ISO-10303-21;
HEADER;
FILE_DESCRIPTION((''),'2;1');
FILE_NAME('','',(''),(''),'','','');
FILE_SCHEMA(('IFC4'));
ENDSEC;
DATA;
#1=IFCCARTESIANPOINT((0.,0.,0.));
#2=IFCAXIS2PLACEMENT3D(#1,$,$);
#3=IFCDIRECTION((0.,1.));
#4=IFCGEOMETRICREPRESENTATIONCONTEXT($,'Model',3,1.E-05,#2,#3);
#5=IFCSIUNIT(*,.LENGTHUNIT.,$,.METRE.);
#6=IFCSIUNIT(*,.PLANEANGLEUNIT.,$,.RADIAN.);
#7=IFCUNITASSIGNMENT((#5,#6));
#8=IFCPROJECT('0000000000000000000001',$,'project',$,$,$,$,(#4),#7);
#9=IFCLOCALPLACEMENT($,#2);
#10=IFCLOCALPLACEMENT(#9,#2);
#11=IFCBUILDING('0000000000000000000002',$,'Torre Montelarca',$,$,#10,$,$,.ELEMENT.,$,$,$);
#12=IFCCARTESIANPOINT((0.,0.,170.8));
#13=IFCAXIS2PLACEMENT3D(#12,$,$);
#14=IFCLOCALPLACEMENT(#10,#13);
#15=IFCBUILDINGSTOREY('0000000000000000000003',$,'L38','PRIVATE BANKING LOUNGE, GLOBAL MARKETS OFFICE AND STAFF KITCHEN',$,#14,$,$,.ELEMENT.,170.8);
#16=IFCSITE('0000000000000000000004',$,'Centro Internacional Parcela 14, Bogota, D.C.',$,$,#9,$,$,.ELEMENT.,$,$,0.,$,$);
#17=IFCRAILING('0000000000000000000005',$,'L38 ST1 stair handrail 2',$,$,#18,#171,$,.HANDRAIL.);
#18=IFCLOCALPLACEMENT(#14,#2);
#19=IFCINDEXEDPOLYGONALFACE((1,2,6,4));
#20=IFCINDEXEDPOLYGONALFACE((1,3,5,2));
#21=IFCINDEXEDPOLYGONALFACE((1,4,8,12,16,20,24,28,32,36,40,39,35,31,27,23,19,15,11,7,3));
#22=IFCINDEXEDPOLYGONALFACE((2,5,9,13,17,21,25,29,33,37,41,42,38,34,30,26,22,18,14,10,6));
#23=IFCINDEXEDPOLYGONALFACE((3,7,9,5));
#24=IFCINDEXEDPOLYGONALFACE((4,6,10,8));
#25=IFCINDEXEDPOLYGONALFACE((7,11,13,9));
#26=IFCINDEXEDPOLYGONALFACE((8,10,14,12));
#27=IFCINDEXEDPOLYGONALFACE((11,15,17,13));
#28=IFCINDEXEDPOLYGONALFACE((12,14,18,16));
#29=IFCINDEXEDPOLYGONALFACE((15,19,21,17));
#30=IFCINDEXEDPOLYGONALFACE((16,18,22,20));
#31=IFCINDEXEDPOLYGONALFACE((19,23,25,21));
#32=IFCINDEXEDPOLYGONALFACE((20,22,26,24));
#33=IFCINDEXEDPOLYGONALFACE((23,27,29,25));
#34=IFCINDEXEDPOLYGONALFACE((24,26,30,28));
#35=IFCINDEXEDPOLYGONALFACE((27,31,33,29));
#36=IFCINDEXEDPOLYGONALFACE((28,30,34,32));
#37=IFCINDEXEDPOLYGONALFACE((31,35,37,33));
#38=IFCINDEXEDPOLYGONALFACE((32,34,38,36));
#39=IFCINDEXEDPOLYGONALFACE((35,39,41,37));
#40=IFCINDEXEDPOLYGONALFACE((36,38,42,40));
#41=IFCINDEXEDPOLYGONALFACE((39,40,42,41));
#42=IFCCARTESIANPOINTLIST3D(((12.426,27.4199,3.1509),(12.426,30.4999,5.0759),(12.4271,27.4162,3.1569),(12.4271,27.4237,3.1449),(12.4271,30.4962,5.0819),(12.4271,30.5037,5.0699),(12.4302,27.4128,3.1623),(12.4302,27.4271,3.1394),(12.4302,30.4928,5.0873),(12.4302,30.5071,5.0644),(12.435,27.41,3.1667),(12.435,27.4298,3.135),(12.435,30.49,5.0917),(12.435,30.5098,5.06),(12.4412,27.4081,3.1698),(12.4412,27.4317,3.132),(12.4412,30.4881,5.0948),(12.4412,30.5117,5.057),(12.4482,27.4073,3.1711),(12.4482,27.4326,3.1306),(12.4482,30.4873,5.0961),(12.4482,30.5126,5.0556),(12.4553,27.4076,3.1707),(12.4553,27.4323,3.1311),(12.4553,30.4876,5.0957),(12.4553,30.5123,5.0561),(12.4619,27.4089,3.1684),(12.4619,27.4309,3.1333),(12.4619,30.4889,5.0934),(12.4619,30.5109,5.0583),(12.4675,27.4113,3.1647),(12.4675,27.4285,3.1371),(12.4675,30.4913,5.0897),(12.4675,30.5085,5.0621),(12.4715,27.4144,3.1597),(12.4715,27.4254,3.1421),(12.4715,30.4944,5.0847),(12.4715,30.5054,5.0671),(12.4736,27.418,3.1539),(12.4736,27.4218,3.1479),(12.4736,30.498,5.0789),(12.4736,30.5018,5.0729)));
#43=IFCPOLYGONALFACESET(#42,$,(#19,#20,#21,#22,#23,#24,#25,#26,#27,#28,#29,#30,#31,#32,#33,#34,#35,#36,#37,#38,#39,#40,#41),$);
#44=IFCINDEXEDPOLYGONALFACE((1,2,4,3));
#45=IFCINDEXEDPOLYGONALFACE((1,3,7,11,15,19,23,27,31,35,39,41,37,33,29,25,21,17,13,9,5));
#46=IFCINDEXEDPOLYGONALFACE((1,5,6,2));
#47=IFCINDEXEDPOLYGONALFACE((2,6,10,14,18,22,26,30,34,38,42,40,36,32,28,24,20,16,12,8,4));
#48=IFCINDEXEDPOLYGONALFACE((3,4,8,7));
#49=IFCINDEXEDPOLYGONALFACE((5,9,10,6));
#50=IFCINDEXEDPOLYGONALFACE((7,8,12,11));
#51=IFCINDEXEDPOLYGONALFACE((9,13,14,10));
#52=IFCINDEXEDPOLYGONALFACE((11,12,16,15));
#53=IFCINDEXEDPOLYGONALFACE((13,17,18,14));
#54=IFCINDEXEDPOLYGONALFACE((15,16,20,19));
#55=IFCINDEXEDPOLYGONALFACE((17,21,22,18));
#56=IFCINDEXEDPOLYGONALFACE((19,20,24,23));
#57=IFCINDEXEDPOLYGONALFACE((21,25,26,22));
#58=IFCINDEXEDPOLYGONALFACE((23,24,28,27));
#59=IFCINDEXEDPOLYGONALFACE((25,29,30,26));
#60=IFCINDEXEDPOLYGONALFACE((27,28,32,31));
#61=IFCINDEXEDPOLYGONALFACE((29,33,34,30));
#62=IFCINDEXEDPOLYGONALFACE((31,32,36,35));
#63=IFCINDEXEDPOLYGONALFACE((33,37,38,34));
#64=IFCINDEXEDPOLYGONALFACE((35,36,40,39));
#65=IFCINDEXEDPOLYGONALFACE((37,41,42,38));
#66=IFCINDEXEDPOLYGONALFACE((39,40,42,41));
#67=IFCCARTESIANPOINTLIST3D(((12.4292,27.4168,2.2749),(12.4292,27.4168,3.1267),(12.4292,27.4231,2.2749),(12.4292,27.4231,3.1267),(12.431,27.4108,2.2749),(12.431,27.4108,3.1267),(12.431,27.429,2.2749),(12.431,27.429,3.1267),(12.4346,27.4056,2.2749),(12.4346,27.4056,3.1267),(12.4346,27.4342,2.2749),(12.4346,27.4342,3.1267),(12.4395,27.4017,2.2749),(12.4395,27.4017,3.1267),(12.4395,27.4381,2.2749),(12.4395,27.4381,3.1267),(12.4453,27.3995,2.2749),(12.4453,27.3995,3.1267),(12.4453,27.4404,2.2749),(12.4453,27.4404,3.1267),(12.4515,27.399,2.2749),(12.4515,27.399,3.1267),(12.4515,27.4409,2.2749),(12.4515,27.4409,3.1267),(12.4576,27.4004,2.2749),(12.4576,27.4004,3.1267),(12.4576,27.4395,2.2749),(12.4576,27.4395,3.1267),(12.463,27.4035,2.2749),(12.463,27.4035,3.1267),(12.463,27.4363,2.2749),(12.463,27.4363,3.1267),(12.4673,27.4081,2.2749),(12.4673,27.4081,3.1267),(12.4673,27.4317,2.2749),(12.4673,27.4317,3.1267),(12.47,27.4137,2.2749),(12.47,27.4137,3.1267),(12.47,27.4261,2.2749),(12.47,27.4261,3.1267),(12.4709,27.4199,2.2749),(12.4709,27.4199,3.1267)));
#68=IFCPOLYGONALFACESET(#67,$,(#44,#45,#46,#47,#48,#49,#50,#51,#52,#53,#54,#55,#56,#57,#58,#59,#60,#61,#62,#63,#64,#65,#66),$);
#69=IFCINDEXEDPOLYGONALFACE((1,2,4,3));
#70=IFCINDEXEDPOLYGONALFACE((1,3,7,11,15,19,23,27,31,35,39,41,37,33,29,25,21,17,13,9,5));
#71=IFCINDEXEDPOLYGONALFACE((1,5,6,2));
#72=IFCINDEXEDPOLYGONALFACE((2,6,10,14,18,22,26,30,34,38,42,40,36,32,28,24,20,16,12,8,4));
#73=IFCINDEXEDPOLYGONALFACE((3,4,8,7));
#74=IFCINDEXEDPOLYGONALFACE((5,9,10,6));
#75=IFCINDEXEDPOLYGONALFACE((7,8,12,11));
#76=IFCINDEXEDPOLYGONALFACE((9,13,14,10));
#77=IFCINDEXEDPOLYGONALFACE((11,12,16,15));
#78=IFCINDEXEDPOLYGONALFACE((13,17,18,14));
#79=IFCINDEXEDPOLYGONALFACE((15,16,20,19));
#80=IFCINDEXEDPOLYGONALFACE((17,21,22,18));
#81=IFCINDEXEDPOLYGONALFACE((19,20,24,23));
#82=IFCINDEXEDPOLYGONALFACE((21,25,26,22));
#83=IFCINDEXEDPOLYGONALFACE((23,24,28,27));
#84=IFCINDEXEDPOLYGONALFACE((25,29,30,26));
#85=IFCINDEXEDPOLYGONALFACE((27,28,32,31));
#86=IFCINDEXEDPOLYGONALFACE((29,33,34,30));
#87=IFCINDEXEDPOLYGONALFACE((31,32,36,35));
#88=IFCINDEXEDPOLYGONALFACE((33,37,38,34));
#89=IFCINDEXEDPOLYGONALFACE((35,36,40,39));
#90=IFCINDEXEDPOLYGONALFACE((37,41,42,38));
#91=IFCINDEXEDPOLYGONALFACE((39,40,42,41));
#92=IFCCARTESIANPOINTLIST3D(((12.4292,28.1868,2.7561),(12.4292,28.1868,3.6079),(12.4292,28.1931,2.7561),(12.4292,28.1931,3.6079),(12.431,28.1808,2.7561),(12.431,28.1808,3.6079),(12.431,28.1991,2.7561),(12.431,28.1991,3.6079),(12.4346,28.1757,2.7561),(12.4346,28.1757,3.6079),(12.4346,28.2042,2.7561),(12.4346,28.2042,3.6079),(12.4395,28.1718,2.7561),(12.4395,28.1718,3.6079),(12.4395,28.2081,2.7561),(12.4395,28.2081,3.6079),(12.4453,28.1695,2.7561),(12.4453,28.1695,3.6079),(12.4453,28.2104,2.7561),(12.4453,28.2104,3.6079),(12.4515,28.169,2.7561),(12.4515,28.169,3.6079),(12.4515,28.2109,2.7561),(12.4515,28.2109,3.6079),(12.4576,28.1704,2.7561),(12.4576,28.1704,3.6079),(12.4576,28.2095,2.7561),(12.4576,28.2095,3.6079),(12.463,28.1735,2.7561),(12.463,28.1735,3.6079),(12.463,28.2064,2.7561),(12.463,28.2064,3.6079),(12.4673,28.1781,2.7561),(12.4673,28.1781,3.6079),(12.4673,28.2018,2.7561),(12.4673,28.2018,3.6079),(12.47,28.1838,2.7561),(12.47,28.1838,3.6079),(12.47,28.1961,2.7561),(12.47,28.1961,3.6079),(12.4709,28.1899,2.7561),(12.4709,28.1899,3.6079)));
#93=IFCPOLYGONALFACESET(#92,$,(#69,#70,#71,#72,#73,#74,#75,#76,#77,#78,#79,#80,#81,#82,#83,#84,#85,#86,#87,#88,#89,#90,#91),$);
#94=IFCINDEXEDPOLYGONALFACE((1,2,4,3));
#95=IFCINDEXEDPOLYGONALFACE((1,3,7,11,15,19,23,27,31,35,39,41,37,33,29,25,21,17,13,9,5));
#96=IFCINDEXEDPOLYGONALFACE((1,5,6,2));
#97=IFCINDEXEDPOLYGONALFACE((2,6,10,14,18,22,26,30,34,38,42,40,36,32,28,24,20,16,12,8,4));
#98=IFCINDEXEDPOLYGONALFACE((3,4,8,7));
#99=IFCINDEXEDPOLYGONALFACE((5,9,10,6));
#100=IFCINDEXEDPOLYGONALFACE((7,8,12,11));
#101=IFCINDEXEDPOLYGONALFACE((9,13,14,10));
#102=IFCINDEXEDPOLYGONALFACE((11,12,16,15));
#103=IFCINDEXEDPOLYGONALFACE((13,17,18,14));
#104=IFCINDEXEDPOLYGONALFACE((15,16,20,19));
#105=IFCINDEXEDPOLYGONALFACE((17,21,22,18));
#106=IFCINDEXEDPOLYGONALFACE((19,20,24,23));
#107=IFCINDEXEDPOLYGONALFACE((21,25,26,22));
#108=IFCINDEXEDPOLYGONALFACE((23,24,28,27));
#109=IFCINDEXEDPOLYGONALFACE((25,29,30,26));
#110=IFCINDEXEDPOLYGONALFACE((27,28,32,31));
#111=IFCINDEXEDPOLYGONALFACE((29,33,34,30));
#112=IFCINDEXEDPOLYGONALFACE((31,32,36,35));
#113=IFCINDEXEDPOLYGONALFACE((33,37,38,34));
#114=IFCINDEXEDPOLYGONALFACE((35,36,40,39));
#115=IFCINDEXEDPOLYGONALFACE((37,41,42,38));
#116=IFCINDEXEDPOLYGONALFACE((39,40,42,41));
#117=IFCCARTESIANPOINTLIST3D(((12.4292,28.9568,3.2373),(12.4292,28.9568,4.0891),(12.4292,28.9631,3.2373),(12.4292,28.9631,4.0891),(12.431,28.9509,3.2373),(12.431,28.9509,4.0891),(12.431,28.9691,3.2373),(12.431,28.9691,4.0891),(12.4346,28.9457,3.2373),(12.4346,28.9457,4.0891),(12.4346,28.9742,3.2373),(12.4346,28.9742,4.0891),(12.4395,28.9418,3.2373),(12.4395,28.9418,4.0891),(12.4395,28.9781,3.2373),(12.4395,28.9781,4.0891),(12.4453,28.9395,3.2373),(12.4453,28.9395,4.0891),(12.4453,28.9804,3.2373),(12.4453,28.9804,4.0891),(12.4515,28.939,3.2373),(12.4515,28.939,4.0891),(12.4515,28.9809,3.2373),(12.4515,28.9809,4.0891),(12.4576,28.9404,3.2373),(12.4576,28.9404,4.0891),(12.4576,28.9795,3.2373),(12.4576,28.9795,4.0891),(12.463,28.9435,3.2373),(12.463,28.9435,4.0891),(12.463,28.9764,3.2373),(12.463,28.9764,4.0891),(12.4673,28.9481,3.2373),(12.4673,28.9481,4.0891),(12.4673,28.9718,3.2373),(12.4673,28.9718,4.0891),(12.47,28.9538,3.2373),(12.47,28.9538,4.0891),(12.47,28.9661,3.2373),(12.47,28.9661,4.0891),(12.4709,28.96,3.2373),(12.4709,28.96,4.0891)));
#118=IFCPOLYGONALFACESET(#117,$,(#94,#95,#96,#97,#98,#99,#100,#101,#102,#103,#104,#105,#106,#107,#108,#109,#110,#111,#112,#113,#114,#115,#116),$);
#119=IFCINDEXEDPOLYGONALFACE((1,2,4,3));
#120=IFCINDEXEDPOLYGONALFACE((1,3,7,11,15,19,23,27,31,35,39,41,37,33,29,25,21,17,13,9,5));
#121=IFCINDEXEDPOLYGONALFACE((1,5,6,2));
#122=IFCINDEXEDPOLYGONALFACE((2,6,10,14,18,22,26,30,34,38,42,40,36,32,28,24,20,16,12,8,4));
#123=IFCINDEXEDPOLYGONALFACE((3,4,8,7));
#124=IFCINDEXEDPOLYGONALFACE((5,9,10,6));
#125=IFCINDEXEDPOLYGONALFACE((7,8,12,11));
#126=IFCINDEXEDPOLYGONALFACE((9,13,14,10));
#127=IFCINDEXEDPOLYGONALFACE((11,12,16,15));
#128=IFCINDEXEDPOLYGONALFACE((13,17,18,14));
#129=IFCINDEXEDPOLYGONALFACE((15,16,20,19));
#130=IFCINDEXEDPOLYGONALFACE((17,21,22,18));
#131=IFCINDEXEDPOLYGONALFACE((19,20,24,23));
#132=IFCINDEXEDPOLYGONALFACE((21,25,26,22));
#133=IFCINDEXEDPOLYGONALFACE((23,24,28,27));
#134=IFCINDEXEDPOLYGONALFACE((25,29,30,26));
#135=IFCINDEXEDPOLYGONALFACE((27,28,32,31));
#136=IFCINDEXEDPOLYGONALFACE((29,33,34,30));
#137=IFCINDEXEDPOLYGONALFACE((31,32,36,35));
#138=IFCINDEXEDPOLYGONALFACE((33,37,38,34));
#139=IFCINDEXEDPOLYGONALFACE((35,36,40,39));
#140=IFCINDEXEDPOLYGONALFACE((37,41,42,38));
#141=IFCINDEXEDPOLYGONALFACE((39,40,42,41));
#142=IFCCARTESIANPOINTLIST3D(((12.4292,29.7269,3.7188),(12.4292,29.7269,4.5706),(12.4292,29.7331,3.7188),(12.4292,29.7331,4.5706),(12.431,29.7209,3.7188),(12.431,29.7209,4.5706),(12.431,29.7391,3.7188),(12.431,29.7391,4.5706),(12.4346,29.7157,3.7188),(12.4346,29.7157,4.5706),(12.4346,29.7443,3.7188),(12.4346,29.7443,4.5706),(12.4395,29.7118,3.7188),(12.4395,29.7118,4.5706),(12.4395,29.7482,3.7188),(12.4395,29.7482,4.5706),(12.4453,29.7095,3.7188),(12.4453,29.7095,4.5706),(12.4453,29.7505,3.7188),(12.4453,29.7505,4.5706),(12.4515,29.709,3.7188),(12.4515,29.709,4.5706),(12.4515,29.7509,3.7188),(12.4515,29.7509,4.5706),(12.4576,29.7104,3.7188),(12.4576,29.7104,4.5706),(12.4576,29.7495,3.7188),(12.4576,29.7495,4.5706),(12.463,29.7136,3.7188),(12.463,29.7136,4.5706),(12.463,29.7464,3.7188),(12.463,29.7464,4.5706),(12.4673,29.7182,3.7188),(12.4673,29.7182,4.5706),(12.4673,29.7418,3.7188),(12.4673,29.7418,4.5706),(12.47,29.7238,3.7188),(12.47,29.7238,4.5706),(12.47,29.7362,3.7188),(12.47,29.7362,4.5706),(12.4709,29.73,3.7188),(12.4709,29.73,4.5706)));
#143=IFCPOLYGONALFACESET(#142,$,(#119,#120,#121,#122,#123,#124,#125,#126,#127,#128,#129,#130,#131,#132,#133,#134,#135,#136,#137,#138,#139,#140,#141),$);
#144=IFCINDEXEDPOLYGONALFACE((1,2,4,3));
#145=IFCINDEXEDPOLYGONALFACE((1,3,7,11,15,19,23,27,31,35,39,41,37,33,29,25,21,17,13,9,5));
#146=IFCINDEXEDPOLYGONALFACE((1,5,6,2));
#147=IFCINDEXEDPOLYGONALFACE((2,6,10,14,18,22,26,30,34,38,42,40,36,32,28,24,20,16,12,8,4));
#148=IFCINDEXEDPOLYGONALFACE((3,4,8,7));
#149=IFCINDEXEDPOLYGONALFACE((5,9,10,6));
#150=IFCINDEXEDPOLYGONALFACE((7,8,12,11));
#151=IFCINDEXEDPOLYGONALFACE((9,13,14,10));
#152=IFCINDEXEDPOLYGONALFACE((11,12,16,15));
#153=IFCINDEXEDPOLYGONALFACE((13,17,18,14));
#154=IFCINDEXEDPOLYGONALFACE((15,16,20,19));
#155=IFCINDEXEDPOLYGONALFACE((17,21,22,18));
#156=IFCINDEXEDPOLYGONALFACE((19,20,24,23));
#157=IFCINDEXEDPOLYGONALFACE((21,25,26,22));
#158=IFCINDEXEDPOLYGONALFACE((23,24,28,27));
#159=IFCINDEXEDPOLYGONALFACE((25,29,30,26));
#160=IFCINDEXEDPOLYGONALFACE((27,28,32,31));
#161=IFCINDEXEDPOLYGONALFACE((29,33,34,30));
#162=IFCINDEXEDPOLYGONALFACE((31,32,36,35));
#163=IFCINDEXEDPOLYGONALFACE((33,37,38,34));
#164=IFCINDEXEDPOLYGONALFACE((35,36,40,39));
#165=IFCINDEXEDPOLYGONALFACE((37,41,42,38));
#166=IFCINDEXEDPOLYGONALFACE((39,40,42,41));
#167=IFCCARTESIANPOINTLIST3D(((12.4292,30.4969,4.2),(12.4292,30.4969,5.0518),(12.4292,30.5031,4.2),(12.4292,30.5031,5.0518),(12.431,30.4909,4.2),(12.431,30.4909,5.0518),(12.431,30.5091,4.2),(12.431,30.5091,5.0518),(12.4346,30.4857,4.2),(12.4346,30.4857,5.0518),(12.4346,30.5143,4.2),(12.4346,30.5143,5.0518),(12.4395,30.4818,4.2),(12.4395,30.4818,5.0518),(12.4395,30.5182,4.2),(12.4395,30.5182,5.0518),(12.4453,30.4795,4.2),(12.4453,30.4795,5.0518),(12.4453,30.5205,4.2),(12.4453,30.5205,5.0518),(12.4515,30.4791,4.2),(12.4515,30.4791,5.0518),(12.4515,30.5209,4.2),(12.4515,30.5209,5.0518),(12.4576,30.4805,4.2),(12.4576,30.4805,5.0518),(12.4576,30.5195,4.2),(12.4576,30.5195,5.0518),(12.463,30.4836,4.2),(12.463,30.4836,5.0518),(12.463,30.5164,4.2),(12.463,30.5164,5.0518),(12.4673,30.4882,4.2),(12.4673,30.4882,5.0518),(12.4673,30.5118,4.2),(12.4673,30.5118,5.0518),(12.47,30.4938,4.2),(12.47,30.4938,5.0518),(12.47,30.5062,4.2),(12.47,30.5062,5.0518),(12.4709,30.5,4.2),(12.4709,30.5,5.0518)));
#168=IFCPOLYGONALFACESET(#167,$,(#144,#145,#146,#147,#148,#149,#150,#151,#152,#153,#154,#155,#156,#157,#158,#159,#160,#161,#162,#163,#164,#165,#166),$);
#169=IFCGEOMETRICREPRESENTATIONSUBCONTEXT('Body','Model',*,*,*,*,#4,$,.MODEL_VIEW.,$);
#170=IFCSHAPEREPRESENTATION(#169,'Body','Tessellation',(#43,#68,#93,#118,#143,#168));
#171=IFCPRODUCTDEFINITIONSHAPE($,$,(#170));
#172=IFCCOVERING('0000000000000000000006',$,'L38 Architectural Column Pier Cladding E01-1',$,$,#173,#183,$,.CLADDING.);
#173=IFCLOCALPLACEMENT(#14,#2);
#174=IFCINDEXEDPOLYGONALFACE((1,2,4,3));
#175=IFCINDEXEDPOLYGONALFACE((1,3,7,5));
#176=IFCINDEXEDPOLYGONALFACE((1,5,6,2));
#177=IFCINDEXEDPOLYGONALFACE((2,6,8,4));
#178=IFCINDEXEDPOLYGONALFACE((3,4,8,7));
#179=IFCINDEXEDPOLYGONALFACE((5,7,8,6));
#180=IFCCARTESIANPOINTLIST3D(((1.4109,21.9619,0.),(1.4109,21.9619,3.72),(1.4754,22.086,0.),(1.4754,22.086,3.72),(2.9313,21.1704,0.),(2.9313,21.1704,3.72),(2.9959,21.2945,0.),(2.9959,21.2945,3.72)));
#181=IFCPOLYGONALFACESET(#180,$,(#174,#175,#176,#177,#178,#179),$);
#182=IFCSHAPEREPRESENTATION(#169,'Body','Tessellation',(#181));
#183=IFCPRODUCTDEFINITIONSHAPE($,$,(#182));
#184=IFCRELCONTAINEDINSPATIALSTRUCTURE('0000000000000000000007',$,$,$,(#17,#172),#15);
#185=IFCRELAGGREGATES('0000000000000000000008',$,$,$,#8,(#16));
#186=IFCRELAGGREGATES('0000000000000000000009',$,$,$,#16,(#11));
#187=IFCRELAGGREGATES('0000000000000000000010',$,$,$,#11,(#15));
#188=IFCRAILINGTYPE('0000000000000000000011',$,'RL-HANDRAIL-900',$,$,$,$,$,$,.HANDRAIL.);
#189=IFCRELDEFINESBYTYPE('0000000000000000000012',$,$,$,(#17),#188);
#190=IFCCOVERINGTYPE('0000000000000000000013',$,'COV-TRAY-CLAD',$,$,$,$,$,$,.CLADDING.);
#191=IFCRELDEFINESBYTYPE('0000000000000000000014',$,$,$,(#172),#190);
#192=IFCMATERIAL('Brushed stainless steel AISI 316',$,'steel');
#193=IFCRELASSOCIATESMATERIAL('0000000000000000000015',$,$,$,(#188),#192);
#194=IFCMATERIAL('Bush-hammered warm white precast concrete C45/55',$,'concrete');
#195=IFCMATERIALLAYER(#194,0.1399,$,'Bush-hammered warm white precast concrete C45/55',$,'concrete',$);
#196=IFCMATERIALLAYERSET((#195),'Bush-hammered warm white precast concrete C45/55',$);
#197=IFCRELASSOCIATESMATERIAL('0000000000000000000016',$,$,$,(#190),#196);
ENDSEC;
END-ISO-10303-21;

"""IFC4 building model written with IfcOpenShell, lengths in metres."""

from ifc_helpers import new_model, si_unit, direction, frame, origin, origin_2d, place, context, subcontext, project, spatial, rectangle, circle, extrude, source, transform, mapped, material, layer, layer_set, type_object, element, save


model = new_model("IFC4")

# Units and contexts
model_context = context("Model", 3, precision=1e-05, world=origin(), true_north=direction((0.0, 1.0)))
body_context = subcontext(model_context, "Body", "Model", "MODEL_VIEW")
ifc_project = project(units=[si_unit("LENGTHUNIT", "METRE"), si_unit("PLANEANGLEUNIT", "RADIAN")], contexts=[model_context])

# Site, building, storey
site_placement = place(None, origin())
site = spatial("IfcSite", under=ifc_project, at=site_placement, Name="Centro Internacional Parcela 14, Bogota, D.C.", CompositionType="ELEMENT", RefElevation=0.0)
building_placement = place(site_placement, origin())
building = spatial("IfcBuilding", under=site, at=building_placement, Name="Torre Montelarca", CompositionType="ELEMENT")
storey_placement = place(building_placement, frame((0.0, 0.0, 170.8)))
storey = spatial("IfcBuildingStorey", under=building, at=storey_placement, Name="L38", Description="PRIVATE BANKING LOUNGE, GLOBAL MARKETS OFFICE AND STAFF KITCHEN", CompositionType="ELEMENT", Elevation=170.8)

# Railing
ifc_material_1 = material(Name="Brushed stainless steel AISI 316", Category="steel")
railing_type_1 = type_object("IfcRailingType", Name="RL-HANDRAIL-900", PredefinedType="HANDRAIL", material=ifc_material_1)
railing_1_placement = place(storey_placement, frame((12.45, 27.4199, 2.2749)))
element("IfcRailing", 1, at=railing_1_placement, inside=storey, type_object=railing_type_1, Name="L38 ST1 stair handrail 2", PredefinedType="HANDRAIL", context=body_context, shape_type="SweptSolid", body=[
    extrude(circle(Radius=0.0239, at=origin_2d()), frame((0.0, 0.0, 0.876), z_axis=(0.0, 0.847998, 0.529999), x_axis=(-1.0, 0.0, 0.0)), (0.0, 0.0, 1.0), 3.6321),
    extrude(circle(Radius=0.021, at=origin_2d()), origin(), (0.0, 0.0, 1.0), 0.8518),
    extrude(circle(Radius=0.021, at=origin_2d()), frame((0.0, 0.77, 0.4812)), (0.0, 0.0, 1.0), 0.8518),
    extrude(circle(Radius=0.021, at=origin_2d()), frame((0.0, 1.54, 0.9624)), (0.0, 0.0, 1.0), 0.8518),
    extrude(circle(Radius=0.021, at=origin_2d()), frame((0.0, 2.3101, 1.4438)), (0.0, 0.0, 1.0), 0.8518),
    extrude(circle(Radius=0.021, at=origin_2d()), frame((0.0, 3.0801, 1.925)), (0.0, 0.0, 1.0), 0.8518),
])

# Covering
ifc_material_2 = material(Name="Bush-hammered warm white precast concrete C45/55", Category="concrete")
ifc_layer_1 = layer(ifc_material_2, 0.1399, Name="Bush-hammered warm white precast concrete C45/55", Category="concrete")
ifc_layer_set_1 = layer_set([ifc_layer_1], Name="Bush-hammered warm white precast concrete C45/55")
covering_type = type_object("IfcCoveringType", Name="COV-TRAY-CLAD", PredefinedType="CLADDING", material=ifc_layer_set_1)
shared_shape_1 = source(origin(), body_context, "Body", "SweptSolid", [
    extrude(rectangle(XDim=1.7141, YDim=0.1399, at=origin_2d()), origin(), (0.0, 0.0, 1.0), 3.72),
])
covering_placement = place(storey_placement, frame((2.2034, 21.6282, 0.0), z_axis=(0.0, 0.0, 1.0), x_axis=(0.887011, -0.461749, 0.0)))
element("IfcCovering", 2, at=covering_placement, inside=storey, type_object=covering_type, Name="L38 Architectural Column Pier Cladding E01-1", PredefinedType="CLADDING", context=body_context, shape_type="MappedRepresentation", body=[
    mapped(shared_shape_1, transform((0.0, 0.0, 0.0), scale=1.0)),
])

save(model, "model.ifc")
